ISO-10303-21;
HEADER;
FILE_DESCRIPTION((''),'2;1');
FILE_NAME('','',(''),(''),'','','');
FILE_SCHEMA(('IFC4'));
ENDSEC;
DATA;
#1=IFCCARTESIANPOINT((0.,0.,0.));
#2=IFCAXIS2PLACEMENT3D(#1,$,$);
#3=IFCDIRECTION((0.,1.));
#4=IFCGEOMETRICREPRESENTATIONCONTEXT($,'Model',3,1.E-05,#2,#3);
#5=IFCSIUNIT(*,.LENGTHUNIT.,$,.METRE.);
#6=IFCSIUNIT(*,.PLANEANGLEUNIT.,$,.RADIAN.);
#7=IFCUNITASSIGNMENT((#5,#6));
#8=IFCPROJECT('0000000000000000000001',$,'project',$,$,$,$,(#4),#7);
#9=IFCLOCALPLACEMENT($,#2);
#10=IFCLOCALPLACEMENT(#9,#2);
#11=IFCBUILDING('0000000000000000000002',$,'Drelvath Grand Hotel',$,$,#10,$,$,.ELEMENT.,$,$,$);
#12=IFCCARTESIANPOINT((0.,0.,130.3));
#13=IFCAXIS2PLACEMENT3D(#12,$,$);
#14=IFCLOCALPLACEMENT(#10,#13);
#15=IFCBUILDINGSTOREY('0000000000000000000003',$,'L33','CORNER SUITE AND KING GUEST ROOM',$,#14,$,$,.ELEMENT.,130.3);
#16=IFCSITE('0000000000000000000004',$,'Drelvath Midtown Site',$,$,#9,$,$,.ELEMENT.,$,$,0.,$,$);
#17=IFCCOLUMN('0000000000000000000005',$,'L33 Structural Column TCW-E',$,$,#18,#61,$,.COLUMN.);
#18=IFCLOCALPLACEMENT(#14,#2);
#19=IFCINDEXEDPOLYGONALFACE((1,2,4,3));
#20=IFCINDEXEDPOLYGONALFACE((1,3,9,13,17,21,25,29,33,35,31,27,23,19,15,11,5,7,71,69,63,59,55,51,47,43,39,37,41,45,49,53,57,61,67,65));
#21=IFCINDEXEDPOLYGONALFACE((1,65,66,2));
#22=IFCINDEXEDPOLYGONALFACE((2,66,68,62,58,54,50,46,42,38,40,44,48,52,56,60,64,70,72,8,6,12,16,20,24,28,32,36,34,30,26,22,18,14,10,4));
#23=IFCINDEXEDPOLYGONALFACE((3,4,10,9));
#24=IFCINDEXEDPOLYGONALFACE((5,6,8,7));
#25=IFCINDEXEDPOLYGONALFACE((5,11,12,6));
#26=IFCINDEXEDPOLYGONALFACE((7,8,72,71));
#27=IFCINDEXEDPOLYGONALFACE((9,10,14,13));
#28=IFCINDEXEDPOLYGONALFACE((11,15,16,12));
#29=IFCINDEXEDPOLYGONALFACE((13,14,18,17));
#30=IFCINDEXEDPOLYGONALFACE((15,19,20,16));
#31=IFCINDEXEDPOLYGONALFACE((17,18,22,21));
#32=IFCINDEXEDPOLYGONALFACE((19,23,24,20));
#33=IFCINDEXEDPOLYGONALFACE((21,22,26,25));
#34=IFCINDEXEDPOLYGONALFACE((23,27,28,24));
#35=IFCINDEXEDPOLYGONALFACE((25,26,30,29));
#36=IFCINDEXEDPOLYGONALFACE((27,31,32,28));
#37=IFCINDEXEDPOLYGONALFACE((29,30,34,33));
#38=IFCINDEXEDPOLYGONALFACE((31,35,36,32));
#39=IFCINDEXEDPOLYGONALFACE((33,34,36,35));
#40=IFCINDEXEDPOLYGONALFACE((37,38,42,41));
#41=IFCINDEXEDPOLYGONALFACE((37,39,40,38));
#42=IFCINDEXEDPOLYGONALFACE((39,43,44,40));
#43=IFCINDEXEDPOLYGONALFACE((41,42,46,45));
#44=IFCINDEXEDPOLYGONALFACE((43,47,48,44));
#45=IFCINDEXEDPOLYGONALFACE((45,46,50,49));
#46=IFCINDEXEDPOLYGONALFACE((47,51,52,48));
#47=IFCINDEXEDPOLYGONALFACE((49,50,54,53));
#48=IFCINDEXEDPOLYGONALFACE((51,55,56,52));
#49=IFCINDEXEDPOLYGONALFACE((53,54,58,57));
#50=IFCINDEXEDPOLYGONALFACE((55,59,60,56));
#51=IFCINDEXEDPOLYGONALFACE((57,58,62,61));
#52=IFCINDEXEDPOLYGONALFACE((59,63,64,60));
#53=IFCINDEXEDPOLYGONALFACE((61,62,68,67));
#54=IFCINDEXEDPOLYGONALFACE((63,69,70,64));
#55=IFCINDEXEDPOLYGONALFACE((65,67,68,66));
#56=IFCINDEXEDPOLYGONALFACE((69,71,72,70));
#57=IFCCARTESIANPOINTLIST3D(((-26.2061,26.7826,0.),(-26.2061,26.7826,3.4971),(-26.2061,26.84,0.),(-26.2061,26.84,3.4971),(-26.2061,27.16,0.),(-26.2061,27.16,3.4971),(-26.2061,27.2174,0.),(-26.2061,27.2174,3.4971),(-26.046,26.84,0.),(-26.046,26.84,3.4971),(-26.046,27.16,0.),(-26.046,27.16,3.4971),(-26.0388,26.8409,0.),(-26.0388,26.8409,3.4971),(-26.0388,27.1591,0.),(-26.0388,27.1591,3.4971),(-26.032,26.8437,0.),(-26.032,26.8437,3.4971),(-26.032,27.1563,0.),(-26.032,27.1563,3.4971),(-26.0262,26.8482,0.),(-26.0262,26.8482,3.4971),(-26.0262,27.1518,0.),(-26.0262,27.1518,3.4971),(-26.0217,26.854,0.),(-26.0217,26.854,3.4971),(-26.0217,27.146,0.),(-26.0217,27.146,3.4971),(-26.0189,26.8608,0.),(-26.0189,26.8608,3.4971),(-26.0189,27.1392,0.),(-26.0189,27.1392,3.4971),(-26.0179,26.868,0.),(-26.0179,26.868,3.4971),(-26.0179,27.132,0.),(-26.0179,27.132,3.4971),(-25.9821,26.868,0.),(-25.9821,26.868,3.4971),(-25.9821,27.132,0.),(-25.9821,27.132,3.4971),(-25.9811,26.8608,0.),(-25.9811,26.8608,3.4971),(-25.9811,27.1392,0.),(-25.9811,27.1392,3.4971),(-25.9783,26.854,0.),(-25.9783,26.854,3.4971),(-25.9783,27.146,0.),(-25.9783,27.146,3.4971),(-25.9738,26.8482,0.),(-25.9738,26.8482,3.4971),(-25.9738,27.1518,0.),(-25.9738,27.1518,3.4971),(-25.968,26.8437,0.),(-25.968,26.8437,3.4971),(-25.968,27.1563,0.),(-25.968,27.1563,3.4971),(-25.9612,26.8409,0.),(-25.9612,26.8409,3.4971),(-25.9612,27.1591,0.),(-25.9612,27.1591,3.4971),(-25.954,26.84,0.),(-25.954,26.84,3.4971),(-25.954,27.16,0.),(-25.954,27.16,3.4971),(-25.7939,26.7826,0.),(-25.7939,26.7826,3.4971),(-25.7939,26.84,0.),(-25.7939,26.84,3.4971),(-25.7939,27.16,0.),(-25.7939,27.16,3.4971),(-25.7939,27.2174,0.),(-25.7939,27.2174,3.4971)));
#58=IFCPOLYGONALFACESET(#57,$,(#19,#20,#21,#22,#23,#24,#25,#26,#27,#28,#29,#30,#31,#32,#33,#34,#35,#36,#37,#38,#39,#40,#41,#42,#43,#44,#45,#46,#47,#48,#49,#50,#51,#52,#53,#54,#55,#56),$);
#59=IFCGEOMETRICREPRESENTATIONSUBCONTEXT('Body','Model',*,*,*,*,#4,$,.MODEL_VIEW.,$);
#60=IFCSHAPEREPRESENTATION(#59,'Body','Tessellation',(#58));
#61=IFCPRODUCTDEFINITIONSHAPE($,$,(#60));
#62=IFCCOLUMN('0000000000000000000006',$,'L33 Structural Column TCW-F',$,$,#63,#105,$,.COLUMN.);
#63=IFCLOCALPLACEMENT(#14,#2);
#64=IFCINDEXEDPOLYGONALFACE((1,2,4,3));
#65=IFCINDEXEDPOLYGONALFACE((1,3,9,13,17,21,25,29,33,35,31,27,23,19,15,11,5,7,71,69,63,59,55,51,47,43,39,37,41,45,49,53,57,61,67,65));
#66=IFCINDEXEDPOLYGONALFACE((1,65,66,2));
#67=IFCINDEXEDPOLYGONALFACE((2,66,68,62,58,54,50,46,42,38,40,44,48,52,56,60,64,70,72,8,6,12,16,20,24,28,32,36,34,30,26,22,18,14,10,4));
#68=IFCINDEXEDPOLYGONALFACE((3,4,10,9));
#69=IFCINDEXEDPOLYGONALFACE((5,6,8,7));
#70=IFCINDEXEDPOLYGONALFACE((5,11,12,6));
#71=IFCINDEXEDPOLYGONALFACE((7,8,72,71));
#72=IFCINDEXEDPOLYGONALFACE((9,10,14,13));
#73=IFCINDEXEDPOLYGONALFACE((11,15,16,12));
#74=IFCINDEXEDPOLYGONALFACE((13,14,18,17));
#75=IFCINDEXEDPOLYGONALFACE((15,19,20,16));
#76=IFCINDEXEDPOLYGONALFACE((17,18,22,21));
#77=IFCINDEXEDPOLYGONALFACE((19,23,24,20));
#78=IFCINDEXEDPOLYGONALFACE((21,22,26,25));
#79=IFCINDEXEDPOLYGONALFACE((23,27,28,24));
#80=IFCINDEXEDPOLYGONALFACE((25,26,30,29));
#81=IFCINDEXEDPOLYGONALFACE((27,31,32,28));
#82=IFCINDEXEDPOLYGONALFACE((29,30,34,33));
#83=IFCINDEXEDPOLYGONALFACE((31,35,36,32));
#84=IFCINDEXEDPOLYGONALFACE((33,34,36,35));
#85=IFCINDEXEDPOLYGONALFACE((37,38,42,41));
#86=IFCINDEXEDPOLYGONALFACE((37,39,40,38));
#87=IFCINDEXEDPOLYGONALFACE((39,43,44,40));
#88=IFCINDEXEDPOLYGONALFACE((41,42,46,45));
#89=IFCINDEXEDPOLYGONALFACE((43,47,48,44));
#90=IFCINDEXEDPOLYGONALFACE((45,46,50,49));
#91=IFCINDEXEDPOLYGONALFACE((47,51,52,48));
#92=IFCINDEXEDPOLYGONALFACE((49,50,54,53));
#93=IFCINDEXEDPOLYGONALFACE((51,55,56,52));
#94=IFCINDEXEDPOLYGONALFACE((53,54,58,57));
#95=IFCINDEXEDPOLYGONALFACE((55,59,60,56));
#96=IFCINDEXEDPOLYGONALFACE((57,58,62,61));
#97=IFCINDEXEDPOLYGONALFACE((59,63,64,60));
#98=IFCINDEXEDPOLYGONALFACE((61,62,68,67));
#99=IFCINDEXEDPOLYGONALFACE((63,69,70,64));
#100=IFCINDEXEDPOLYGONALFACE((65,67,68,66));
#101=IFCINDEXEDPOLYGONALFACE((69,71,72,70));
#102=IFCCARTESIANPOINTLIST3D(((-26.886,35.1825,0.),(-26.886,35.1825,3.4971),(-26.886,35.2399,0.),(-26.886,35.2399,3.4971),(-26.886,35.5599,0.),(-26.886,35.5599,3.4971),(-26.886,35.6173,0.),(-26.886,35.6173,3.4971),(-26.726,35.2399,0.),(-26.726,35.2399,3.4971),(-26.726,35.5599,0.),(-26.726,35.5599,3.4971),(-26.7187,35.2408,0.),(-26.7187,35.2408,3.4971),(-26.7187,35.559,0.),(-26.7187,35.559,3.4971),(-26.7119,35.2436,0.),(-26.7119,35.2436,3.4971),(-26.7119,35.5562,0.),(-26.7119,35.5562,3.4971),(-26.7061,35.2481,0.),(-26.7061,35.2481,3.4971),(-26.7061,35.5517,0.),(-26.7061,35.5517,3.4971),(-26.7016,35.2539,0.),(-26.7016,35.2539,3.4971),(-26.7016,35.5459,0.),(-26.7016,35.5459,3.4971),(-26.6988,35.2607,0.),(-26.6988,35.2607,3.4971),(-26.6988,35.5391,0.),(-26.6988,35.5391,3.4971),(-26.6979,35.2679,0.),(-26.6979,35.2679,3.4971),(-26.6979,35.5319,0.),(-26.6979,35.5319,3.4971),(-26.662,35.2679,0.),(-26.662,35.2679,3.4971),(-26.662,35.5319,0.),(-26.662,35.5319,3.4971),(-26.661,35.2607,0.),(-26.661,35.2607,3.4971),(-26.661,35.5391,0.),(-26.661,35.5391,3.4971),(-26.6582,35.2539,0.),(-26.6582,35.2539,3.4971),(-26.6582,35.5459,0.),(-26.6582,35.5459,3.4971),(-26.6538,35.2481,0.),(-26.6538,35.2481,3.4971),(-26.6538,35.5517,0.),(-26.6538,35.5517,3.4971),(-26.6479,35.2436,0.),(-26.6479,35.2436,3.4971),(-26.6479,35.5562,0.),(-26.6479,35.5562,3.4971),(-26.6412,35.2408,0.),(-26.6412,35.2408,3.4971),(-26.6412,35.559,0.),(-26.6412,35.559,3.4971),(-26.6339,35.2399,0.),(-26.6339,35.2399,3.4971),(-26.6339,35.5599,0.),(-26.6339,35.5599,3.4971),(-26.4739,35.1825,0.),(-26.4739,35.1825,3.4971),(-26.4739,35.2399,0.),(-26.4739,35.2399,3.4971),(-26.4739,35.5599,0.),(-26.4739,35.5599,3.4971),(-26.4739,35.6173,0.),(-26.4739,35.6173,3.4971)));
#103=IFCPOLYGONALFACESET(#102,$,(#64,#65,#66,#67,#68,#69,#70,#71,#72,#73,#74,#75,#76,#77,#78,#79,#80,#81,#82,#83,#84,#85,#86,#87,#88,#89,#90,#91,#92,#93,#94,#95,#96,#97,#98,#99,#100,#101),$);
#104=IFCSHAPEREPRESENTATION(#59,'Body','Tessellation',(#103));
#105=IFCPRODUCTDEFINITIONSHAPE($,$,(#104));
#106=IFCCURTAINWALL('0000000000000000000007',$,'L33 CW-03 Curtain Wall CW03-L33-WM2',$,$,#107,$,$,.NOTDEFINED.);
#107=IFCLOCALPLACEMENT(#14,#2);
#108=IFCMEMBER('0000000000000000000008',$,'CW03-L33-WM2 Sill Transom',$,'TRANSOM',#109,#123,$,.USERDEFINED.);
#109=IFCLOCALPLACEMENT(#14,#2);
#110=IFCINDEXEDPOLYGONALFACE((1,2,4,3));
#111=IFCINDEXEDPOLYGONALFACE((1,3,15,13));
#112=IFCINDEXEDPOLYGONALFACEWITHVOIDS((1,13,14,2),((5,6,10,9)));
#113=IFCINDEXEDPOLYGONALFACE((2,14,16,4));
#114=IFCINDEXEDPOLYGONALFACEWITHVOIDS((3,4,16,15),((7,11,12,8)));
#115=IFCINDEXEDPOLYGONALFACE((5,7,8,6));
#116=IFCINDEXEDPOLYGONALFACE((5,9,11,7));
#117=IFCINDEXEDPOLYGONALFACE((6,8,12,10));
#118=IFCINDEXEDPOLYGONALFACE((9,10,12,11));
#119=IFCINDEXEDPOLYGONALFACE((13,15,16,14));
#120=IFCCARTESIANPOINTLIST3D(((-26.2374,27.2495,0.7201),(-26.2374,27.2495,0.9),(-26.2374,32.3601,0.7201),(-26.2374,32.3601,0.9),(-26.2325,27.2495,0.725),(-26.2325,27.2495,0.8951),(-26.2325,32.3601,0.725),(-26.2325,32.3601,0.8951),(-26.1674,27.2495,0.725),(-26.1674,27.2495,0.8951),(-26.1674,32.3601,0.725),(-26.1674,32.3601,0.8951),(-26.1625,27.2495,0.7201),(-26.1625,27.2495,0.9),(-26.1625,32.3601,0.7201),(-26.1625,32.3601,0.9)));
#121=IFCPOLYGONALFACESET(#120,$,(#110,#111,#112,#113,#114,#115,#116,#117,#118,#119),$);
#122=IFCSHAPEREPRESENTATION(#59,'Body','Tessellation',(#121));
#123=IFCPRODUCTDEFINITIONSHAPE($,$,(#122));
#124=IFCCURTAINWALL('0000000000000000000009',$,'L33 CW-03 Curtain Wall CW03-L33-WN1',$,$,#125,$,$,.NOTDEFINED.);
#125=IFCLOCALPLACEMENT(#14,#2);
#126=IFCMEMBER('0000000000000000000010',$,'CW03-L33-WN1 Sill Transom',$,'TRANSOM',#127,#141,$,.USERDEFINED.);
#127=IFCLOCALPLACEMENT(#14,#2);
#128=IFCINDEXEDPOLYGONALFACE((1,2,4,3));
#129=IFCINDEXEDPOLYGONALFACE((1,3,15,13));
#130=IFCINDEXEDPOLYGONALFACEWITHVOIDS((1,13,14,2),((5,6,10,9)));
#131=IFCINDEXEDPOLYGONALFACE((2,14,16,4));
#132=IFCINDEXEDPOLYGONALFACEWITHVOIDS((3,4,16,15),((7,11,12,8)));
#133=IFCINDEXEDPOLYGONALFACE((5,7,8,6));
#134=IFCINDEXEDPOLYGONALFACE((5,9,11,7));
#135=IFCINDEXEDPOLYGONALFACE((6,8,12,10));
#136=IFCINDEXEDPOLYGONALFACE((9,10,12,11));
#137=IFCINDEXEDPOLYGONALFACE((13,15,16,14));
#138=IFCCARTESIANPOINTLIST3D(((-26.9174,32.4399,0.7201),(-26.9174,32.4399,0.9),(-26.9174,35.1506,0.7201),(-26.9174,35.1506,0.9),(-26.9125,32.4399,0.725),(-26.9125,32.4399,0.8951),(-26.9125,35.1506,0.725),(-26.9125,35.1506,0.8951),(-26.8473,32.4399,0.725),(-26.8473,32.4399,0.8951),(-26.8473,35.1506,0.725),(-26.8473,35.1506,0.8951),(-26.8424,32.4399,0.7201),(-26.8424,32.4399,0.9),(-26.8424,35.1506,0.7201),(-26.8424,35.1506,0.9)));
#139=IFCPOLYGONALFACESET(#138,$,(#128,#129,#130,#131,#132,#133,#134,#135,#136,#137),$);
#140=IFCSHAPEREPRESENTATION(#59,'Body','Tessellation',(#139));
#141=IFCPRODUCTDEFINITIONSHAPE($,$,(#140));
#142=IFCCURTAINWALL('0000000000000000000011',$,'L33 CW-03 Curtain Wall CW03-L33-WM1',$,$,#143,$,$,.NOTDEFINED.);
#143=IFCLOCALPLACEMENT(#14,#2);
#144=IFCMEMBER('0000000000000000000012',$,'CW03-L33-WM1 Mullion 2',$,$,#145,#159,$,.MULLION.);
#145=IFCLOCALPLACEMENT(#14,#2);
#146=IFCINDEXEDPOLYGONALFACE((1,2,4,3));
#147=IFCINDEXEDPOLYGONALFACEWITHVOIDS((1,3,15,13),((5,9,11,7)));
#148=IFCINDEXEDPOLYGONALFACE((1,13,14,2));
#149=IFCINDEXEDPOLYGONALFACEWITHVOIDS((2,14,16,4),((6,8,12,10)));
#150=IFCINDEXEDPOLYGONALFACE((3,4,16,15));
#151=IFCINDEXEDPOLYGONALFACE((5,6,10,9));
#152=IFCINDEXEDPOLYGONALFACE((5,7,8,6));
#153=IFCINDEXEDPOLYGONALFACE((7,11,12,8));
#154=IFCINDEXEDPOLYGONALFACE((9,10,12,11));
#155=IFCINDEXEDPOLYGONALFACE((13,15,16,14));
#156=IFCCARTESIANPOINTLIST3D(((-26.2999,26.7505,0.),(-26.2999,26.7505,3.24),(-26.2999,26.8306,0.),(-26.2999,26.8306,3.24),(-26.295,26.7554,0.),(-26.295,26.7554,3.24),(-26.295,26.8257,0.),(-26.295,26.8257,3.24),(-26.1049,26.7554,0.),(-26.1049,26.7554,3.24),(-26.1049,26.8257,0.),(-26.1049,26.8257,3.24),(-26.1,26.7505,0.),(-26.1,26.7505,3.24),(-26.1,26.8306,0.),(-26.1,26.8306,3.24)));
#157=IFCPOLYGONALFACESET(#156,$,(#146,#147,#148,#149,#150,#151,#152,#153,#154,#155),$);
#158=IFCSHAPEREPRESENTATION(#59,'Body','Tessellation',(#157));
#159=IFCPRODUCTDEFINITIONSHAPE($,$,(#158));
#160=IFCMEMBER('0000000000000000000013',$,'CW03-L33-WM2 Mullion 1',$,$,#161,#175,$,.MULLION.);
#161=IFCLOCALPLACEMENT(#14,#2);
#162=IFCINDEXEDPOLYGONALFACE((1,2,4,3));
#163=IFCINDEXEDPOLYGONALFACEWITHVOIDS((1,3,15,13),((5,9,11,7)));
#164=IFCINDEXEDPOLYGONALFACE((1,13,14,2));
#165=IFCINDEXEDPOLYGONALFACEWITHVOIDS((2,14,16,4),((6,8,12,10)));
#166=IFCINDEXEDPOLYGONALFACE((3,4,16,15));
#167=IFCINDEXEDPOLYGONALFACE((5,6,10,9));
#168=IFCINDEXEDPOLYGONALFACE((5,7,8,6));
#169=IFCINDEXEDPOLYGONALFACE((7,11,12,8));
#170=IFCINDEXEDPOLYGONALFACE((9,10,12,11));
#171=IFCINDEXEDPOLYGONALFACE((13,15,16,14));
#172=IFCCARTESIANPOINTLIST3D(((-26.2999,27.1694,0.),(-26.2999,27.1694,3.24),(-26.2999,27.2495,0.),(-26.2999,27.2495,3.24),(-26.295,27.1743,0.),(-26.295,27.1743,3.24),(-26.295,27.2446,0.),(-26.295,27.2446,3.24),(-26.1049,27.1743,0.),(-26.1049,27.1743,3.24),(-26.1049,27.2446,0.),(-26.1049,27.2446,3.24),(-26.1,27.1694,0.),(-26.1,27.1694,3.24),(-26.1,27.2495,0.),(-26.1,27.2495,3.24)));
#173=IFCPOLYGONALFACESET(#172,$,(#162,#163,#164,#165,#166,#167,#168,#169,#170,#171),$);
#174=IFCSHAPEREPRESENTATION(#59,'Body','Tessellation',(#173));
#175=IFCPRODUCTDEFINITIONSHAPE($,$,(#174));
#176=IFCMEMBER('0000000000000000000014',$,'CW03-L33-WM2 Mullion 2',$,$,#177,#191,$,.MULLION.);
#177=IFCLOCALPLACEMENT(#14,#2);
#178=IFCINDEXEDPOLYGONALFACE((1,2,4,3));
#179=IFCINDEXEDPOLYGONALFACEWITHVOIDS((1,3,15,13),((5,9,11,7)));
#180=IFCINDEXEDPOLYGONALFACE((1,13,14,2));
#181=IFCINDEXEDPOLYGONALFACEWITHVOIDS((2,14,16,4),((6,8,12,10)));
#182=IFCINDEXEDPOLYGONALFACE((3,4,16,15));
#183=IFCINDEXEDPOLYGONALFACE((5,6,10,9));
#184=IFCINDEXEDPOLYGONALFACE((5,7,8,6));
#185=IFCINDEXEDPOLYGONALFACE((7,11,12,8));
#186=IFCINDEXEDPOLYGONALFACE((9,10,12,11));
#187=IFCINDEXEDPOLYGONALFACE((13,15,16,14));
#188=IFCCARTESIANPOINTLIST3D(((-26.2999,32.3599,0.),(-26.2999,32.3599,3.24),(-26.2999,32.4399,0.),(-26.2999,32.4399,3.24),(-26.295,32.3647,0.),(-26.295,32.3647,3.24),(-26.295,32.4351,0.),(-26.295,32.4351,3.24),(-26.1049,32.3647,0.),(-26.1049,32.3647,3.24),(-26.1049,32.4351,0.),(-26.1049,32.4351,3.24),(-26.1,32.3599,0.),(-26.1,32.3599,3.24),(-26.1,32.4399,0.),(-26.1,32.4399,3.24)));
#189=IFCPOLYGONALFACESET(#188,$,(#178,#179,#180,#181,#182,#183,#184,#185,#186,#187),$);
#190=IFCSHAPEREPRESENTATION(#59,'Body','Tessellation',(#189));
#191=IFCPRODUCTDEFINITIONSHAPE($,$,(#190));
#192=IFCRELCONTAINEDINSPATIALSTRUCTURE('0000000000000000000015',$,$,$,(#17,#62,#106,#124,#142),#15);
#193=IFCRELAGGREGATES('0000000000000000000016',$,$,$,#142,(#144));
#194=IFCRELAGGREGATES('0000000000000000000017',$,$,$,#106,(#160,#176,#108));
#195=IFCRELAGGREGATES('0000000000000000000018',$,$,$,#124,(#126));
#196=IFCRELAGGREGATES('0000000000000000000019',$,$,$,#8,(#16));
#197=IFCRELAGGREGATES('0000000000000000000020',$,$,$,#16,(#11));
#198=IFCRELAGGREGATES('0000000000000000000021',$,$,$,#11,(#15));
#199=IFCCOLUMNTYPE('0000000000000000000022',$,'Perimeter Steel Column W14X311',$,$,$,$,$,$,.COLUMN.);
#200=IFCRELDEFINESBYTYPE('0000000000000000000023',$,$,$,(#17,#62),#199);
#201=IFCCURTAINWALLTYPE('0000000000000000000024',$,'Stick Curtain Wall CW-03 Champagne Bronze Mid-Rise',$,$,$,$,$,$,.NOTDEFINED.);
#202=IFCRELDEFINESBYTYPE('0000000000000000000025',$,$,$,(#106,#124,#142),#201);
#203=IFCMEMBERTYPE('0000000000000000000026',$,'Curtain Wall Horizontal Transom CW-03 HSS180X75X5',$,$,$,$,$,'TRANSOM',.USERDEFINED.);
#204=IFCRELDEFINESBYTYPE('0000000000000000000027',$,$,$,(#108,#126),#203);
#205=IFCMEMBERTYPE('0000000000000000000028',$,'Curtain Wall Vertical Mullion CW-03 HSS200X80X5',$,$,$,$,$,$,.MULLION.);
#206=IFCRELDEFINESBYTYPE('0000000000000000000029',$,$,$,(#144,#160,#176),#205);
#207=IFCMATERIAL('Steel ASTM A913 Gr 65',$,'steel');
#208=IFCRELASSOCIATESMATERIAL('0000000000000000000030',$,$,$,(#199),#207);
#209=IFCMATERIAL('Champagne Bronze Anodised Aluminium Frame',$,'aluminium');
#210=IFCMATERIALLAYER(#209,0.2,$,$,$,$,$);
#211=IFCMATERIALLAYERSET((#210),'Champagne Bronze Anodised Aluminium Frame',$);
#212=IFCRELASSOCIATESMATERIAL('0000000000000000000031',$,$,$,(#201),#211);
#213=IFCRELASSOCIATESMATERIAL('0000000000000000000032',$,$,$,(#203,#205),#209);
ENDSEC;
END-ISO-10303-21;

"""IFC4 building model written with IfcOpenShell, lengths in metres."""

from ifc_helpers import new_model, si_unit, direction, frame, origin, origin_2d, place, context, subcontext, project, spatial, hollow_rectangle, i_section, extrude, material, layer, layer_set, material_profile, profile_set, type_object, element, aggregate, save


model = new_model("IFC4")

# Units and contexts
model_context = context("Model", 3, precision=1e-05, world=origin(), true_north=direction((0.0, 1.0)))
body_context = subcontext(model_context, "Body", "Model", "MODEL_VIEW")
ifc_project = project(units=[si_unit("LENGTHUNIT", "METRE"), si_unit("PLANEANGLEUNIT", "RADIAN")], contexts=[model_context])

# Site, building, storey
site_placement = place(None, origin())
site = spatial("IfcSite", under=ifc_project, at=site_placement, Name="Drelvath Midtown Site", CompositionType="ELEMENT", RefElevation=0.0)
building_placement = place(site_placement, origin())
building = spatial("IfcBuilding", under=site, at=building_placement, Name="Drelvath Grand Hotel", CompositionType="ELEMENT")
storey_placement = place(building_placement, frame((0.0, 0.0, 130.3)))
storey = spatial("IfcBuildingStorey", under=building, at=storey_placement, Name="L33", Description="CORNER SUITE AND KING GUEST ROOM", CompositionType="ELEMENT", Elevation=130.3)

# Columns
ifc_material_1 = material(Name="Steel ASTM A913 Gr 65", Category="steel")
ifc_material_profile_1 = material_profile(ifc_material_1, i_section(OverallWidth=0.4121, OverallDepth=0.4348, WebThickness=0.0359, FlangeThickness=0.0574, FilletRadius=0.0281, at=origin_2d()), Name="W14X311")
ifc_profile_set_1 = profile_set([ifc_material_profile_1], Name="Steel ASTM A913 Gr 65")
column_type = type_object("IfcColumnType", Name="Perimeter Steel Column W14X311", PredefinedType="COLUMN", material=ifc_profile_set_1)
for number, where, z_axis, x_axis, name in (
    (1, (-26.0, 27.0, 0.0), (0.0, 0.0, 1.0), (1.0, 0.0, 0.0), "L33 Structural Column TCW-E"),
    (2, (-26.6799, 35.3999, 0.0), (0.0, 0.0, 1.0), (1.0, 0.0, 0.0), "L33 Structural Column TCW-F"),
):
    element("IfcColumn", number, at=place(storey_placement, frame(where, z_axis=z_axis, x_axis=x_axis)), inside=storey, type_object=column_type, Name=name, PredefinedType="COLUMN", context=body_context, shape_type="SweptSolid", body=[
        extrude(i_section(OverallWidth=0.4121, OverallDepth=0.4348, WebThickness=0.0359, FlangeThickness=0.0574, FilletRadius=0.0281, at=origin_2d()), origin(), (0.0, 0.0, 1.0), 3.4971),
    ])

# Curtain walls, members
ifc_material_2 = material(Name="Champagne Bronze Anodised Aluminium Frame", Category="aluminium")
ifc_layer_1 = layer(ifc_material_2, 0.2)
ifc_layer_set_1 = layer_set([ifc_layer_1], Name="Champagne Bronze Anodised Aluminium Frame")
curtain_wall_type = type_object("IfcCurtainWallType", Name="Stick Curtain Wall CW-03 Champagne Bronze Mid-Rise", PredefinedType="NOTDEFINED", material=ifc_layer_set_1)
curtain_wall_1_placement = place(storey_placement, origin())
curtain_wall_1 = element("IfcCurtainWall", 3, at=curtain_wall_1_placement, inside=storey, type_object=curtain_wall_type, Name="L33 CW-03 Curtain Wall CW03-L33-WM2", PredefinedType="NOTDEFINED")
ifc_material_profile_2 = material_profile(ifc_material_2, hollow_rectangle(XDim=0.075, YDim=0.1799, WallThickness=0.0049, at=origin_2d()), Name="HSS180X75X5")
ifc_profile_set_2 = profile_set([ifc_material_profile_2], Name="Champagne Bronze Anodised Aluminium Frame")
member_type_1 = type_object("IfcMemberType", Name="Curtain Wall Horizontal Transom CW-03 HSS180X75X5", ElementType="TRANSOM", PredefinedType="USERDEFINED", material=ifc_profile_set_2)
member_1_placement = place(storey_placement, frame((-26.2, 27.2495, 0.8101), z_axis=(0.0, 1.0, 0.0), x_axis=(-1.0, 0.0, 0.0)))
member_1 = element("IfcMember", 4, at=member_1_placement, type_object=member_type_1, Name="CW03-L33-WM2 Sill Transom", ObjectType="TRANSOM", PredefinedType="USERDEFINED", context=body_context, shape_type="SweptSolid", body=[
    extrude(hollow_rectangle(XDim=0.075, YDim=0.1799, WallThickness=0.0049, at=origin_2d()), origin(), (0.0, 0.0, 1.0), 5.1106),
])
curtain_wall_2_placement = place(storey_placement, origin())
curtain_wall_2 = element("IfcCurtainWall", 5, at=curtain_wall_2_placement, inside=storey, type_object=curtain_wall_type, Name="L33 CW-03 Curtain Wall CW03-L33-WN1", PredefinedType="NOTDEFINED")
member_2_placement = place(storey_placement, frame((-26.8799, 32.4399, 0.8101), z_axis=(0.0, 1.0, 0.0), x_axis=(-1.0, 0.0, 0.0)))
member_2 = element("IfcMember", 6, at=member_2_placement, type_object=member_type_1, Name="CW03-L33-WN1 Sill Transom", ObjectType="TRANSOM", PredefinedType="USERDEFINED", context=body_context, shape_type="SweptSolid", body=[
    extrude(hollow_rectangle(XDim=0.075, YDim=0.1799, WallThickness=0.0049, at=origin_2d()), origin(), (0.0, 0.0, 1.0), 2.7107),
])
curtain_wall_3_placement = place(storey_placement, origin())
curtain_wall_3 = element("IfcCurtainWall", 7, at=curtain_wall_3_placement, inside=storey, type_object=curtain_wall_type, Name="L33 CW-03 Curtain Wall CW03-L33-WM1", PredefinedType="NOTDEFINED")
ifc_material_profile_3 = material_profile(ifc_material_2, hollow_rectangle(XDim=0.0801, YDim=0.2, WallThickness=0.0049, at=origin_2d()), Name="HSS200X80X5")
ifc_profile_set_3 = profile_set([ifc_material_profile_3], Name="Champagne Bronze Anodised Aluminium Frame")
member_type_2 = type_object("IfcMemberType", Name="Curtain Wall Vertical Mullion CW-03 HSS200X80X5", PredefinedType="MULLION", material=ifc_profile_set_3)
member_3_placement = place(storey_placement, frame((-26.2, 26.7905, 0.0), z_axis=(0.0, 0.0, 1.0), x_axis=(0.0, 1.0, 0.0)))
member_3 = element("IfcMember", 8, at=member_3_placement, type_object=member_type_2, Name="CW03-L33-WM1 Mullion 2", PredefinedType="MULLION", context=body_context, shape_type="SweptSolid", body=[
    extrude(hollow_rectangle(XDim=0.0801, YDim=0.2, WallThickness=0.0049, at=origin_2d()), origin(), (0.0, 0.0, 1.0), 3.24),
])
aggregate(curtain_wall_3, [member_3])

# Members
member_4_placement = place(storey_placement, frame((-26.2, 27.2095, 0.0), z_axis=(0.0, 0.0, 1.0), x_axis=(0.0, 1.0, 0.0)))
member_4 = element("IfcMember", 9, at=member_4_placement, type_object=member_type_2, Name="CW03-L33-WM2 Mullion 1", PredefinedType="MULLION", context=body_context, shape_type="SweptSolid", body=[
    extrude(hollow_rectangle(XDim=0.0801, YDim=0.2, WallThickness=0.0049, at=origin_2d()), origin(), (0.0, 0.0, 1.0), 3.24),
])
member_5_placement = place(storey_placement, frame((-26.2, 32.3999, 0.0), z_axis=(0.0, 0.0, 1.0), x_axis=(0.0, 1.0, 0.0)))
member_5 = element("IfcMember", 10, at=member_5_placement, type_object=member_type_2, Name="CW03-L33-WM2 Mullion 2", PredefinedType="MULLION", context=body_context, shape_type="SweptSolid", body=[
    extrude(hollow_rectangle(XDim=0.0801, YDim=0.2, WallThickness=0.0049, at=origin_2d()), origin(), (0.0, 0.0, 1.0), 3.24),
])

aggregate(curtain_wall_1, [member_4, member_5, member_1])
aggregate(curtain_wall_2, [member_2])

save(model, "model.ifc")
